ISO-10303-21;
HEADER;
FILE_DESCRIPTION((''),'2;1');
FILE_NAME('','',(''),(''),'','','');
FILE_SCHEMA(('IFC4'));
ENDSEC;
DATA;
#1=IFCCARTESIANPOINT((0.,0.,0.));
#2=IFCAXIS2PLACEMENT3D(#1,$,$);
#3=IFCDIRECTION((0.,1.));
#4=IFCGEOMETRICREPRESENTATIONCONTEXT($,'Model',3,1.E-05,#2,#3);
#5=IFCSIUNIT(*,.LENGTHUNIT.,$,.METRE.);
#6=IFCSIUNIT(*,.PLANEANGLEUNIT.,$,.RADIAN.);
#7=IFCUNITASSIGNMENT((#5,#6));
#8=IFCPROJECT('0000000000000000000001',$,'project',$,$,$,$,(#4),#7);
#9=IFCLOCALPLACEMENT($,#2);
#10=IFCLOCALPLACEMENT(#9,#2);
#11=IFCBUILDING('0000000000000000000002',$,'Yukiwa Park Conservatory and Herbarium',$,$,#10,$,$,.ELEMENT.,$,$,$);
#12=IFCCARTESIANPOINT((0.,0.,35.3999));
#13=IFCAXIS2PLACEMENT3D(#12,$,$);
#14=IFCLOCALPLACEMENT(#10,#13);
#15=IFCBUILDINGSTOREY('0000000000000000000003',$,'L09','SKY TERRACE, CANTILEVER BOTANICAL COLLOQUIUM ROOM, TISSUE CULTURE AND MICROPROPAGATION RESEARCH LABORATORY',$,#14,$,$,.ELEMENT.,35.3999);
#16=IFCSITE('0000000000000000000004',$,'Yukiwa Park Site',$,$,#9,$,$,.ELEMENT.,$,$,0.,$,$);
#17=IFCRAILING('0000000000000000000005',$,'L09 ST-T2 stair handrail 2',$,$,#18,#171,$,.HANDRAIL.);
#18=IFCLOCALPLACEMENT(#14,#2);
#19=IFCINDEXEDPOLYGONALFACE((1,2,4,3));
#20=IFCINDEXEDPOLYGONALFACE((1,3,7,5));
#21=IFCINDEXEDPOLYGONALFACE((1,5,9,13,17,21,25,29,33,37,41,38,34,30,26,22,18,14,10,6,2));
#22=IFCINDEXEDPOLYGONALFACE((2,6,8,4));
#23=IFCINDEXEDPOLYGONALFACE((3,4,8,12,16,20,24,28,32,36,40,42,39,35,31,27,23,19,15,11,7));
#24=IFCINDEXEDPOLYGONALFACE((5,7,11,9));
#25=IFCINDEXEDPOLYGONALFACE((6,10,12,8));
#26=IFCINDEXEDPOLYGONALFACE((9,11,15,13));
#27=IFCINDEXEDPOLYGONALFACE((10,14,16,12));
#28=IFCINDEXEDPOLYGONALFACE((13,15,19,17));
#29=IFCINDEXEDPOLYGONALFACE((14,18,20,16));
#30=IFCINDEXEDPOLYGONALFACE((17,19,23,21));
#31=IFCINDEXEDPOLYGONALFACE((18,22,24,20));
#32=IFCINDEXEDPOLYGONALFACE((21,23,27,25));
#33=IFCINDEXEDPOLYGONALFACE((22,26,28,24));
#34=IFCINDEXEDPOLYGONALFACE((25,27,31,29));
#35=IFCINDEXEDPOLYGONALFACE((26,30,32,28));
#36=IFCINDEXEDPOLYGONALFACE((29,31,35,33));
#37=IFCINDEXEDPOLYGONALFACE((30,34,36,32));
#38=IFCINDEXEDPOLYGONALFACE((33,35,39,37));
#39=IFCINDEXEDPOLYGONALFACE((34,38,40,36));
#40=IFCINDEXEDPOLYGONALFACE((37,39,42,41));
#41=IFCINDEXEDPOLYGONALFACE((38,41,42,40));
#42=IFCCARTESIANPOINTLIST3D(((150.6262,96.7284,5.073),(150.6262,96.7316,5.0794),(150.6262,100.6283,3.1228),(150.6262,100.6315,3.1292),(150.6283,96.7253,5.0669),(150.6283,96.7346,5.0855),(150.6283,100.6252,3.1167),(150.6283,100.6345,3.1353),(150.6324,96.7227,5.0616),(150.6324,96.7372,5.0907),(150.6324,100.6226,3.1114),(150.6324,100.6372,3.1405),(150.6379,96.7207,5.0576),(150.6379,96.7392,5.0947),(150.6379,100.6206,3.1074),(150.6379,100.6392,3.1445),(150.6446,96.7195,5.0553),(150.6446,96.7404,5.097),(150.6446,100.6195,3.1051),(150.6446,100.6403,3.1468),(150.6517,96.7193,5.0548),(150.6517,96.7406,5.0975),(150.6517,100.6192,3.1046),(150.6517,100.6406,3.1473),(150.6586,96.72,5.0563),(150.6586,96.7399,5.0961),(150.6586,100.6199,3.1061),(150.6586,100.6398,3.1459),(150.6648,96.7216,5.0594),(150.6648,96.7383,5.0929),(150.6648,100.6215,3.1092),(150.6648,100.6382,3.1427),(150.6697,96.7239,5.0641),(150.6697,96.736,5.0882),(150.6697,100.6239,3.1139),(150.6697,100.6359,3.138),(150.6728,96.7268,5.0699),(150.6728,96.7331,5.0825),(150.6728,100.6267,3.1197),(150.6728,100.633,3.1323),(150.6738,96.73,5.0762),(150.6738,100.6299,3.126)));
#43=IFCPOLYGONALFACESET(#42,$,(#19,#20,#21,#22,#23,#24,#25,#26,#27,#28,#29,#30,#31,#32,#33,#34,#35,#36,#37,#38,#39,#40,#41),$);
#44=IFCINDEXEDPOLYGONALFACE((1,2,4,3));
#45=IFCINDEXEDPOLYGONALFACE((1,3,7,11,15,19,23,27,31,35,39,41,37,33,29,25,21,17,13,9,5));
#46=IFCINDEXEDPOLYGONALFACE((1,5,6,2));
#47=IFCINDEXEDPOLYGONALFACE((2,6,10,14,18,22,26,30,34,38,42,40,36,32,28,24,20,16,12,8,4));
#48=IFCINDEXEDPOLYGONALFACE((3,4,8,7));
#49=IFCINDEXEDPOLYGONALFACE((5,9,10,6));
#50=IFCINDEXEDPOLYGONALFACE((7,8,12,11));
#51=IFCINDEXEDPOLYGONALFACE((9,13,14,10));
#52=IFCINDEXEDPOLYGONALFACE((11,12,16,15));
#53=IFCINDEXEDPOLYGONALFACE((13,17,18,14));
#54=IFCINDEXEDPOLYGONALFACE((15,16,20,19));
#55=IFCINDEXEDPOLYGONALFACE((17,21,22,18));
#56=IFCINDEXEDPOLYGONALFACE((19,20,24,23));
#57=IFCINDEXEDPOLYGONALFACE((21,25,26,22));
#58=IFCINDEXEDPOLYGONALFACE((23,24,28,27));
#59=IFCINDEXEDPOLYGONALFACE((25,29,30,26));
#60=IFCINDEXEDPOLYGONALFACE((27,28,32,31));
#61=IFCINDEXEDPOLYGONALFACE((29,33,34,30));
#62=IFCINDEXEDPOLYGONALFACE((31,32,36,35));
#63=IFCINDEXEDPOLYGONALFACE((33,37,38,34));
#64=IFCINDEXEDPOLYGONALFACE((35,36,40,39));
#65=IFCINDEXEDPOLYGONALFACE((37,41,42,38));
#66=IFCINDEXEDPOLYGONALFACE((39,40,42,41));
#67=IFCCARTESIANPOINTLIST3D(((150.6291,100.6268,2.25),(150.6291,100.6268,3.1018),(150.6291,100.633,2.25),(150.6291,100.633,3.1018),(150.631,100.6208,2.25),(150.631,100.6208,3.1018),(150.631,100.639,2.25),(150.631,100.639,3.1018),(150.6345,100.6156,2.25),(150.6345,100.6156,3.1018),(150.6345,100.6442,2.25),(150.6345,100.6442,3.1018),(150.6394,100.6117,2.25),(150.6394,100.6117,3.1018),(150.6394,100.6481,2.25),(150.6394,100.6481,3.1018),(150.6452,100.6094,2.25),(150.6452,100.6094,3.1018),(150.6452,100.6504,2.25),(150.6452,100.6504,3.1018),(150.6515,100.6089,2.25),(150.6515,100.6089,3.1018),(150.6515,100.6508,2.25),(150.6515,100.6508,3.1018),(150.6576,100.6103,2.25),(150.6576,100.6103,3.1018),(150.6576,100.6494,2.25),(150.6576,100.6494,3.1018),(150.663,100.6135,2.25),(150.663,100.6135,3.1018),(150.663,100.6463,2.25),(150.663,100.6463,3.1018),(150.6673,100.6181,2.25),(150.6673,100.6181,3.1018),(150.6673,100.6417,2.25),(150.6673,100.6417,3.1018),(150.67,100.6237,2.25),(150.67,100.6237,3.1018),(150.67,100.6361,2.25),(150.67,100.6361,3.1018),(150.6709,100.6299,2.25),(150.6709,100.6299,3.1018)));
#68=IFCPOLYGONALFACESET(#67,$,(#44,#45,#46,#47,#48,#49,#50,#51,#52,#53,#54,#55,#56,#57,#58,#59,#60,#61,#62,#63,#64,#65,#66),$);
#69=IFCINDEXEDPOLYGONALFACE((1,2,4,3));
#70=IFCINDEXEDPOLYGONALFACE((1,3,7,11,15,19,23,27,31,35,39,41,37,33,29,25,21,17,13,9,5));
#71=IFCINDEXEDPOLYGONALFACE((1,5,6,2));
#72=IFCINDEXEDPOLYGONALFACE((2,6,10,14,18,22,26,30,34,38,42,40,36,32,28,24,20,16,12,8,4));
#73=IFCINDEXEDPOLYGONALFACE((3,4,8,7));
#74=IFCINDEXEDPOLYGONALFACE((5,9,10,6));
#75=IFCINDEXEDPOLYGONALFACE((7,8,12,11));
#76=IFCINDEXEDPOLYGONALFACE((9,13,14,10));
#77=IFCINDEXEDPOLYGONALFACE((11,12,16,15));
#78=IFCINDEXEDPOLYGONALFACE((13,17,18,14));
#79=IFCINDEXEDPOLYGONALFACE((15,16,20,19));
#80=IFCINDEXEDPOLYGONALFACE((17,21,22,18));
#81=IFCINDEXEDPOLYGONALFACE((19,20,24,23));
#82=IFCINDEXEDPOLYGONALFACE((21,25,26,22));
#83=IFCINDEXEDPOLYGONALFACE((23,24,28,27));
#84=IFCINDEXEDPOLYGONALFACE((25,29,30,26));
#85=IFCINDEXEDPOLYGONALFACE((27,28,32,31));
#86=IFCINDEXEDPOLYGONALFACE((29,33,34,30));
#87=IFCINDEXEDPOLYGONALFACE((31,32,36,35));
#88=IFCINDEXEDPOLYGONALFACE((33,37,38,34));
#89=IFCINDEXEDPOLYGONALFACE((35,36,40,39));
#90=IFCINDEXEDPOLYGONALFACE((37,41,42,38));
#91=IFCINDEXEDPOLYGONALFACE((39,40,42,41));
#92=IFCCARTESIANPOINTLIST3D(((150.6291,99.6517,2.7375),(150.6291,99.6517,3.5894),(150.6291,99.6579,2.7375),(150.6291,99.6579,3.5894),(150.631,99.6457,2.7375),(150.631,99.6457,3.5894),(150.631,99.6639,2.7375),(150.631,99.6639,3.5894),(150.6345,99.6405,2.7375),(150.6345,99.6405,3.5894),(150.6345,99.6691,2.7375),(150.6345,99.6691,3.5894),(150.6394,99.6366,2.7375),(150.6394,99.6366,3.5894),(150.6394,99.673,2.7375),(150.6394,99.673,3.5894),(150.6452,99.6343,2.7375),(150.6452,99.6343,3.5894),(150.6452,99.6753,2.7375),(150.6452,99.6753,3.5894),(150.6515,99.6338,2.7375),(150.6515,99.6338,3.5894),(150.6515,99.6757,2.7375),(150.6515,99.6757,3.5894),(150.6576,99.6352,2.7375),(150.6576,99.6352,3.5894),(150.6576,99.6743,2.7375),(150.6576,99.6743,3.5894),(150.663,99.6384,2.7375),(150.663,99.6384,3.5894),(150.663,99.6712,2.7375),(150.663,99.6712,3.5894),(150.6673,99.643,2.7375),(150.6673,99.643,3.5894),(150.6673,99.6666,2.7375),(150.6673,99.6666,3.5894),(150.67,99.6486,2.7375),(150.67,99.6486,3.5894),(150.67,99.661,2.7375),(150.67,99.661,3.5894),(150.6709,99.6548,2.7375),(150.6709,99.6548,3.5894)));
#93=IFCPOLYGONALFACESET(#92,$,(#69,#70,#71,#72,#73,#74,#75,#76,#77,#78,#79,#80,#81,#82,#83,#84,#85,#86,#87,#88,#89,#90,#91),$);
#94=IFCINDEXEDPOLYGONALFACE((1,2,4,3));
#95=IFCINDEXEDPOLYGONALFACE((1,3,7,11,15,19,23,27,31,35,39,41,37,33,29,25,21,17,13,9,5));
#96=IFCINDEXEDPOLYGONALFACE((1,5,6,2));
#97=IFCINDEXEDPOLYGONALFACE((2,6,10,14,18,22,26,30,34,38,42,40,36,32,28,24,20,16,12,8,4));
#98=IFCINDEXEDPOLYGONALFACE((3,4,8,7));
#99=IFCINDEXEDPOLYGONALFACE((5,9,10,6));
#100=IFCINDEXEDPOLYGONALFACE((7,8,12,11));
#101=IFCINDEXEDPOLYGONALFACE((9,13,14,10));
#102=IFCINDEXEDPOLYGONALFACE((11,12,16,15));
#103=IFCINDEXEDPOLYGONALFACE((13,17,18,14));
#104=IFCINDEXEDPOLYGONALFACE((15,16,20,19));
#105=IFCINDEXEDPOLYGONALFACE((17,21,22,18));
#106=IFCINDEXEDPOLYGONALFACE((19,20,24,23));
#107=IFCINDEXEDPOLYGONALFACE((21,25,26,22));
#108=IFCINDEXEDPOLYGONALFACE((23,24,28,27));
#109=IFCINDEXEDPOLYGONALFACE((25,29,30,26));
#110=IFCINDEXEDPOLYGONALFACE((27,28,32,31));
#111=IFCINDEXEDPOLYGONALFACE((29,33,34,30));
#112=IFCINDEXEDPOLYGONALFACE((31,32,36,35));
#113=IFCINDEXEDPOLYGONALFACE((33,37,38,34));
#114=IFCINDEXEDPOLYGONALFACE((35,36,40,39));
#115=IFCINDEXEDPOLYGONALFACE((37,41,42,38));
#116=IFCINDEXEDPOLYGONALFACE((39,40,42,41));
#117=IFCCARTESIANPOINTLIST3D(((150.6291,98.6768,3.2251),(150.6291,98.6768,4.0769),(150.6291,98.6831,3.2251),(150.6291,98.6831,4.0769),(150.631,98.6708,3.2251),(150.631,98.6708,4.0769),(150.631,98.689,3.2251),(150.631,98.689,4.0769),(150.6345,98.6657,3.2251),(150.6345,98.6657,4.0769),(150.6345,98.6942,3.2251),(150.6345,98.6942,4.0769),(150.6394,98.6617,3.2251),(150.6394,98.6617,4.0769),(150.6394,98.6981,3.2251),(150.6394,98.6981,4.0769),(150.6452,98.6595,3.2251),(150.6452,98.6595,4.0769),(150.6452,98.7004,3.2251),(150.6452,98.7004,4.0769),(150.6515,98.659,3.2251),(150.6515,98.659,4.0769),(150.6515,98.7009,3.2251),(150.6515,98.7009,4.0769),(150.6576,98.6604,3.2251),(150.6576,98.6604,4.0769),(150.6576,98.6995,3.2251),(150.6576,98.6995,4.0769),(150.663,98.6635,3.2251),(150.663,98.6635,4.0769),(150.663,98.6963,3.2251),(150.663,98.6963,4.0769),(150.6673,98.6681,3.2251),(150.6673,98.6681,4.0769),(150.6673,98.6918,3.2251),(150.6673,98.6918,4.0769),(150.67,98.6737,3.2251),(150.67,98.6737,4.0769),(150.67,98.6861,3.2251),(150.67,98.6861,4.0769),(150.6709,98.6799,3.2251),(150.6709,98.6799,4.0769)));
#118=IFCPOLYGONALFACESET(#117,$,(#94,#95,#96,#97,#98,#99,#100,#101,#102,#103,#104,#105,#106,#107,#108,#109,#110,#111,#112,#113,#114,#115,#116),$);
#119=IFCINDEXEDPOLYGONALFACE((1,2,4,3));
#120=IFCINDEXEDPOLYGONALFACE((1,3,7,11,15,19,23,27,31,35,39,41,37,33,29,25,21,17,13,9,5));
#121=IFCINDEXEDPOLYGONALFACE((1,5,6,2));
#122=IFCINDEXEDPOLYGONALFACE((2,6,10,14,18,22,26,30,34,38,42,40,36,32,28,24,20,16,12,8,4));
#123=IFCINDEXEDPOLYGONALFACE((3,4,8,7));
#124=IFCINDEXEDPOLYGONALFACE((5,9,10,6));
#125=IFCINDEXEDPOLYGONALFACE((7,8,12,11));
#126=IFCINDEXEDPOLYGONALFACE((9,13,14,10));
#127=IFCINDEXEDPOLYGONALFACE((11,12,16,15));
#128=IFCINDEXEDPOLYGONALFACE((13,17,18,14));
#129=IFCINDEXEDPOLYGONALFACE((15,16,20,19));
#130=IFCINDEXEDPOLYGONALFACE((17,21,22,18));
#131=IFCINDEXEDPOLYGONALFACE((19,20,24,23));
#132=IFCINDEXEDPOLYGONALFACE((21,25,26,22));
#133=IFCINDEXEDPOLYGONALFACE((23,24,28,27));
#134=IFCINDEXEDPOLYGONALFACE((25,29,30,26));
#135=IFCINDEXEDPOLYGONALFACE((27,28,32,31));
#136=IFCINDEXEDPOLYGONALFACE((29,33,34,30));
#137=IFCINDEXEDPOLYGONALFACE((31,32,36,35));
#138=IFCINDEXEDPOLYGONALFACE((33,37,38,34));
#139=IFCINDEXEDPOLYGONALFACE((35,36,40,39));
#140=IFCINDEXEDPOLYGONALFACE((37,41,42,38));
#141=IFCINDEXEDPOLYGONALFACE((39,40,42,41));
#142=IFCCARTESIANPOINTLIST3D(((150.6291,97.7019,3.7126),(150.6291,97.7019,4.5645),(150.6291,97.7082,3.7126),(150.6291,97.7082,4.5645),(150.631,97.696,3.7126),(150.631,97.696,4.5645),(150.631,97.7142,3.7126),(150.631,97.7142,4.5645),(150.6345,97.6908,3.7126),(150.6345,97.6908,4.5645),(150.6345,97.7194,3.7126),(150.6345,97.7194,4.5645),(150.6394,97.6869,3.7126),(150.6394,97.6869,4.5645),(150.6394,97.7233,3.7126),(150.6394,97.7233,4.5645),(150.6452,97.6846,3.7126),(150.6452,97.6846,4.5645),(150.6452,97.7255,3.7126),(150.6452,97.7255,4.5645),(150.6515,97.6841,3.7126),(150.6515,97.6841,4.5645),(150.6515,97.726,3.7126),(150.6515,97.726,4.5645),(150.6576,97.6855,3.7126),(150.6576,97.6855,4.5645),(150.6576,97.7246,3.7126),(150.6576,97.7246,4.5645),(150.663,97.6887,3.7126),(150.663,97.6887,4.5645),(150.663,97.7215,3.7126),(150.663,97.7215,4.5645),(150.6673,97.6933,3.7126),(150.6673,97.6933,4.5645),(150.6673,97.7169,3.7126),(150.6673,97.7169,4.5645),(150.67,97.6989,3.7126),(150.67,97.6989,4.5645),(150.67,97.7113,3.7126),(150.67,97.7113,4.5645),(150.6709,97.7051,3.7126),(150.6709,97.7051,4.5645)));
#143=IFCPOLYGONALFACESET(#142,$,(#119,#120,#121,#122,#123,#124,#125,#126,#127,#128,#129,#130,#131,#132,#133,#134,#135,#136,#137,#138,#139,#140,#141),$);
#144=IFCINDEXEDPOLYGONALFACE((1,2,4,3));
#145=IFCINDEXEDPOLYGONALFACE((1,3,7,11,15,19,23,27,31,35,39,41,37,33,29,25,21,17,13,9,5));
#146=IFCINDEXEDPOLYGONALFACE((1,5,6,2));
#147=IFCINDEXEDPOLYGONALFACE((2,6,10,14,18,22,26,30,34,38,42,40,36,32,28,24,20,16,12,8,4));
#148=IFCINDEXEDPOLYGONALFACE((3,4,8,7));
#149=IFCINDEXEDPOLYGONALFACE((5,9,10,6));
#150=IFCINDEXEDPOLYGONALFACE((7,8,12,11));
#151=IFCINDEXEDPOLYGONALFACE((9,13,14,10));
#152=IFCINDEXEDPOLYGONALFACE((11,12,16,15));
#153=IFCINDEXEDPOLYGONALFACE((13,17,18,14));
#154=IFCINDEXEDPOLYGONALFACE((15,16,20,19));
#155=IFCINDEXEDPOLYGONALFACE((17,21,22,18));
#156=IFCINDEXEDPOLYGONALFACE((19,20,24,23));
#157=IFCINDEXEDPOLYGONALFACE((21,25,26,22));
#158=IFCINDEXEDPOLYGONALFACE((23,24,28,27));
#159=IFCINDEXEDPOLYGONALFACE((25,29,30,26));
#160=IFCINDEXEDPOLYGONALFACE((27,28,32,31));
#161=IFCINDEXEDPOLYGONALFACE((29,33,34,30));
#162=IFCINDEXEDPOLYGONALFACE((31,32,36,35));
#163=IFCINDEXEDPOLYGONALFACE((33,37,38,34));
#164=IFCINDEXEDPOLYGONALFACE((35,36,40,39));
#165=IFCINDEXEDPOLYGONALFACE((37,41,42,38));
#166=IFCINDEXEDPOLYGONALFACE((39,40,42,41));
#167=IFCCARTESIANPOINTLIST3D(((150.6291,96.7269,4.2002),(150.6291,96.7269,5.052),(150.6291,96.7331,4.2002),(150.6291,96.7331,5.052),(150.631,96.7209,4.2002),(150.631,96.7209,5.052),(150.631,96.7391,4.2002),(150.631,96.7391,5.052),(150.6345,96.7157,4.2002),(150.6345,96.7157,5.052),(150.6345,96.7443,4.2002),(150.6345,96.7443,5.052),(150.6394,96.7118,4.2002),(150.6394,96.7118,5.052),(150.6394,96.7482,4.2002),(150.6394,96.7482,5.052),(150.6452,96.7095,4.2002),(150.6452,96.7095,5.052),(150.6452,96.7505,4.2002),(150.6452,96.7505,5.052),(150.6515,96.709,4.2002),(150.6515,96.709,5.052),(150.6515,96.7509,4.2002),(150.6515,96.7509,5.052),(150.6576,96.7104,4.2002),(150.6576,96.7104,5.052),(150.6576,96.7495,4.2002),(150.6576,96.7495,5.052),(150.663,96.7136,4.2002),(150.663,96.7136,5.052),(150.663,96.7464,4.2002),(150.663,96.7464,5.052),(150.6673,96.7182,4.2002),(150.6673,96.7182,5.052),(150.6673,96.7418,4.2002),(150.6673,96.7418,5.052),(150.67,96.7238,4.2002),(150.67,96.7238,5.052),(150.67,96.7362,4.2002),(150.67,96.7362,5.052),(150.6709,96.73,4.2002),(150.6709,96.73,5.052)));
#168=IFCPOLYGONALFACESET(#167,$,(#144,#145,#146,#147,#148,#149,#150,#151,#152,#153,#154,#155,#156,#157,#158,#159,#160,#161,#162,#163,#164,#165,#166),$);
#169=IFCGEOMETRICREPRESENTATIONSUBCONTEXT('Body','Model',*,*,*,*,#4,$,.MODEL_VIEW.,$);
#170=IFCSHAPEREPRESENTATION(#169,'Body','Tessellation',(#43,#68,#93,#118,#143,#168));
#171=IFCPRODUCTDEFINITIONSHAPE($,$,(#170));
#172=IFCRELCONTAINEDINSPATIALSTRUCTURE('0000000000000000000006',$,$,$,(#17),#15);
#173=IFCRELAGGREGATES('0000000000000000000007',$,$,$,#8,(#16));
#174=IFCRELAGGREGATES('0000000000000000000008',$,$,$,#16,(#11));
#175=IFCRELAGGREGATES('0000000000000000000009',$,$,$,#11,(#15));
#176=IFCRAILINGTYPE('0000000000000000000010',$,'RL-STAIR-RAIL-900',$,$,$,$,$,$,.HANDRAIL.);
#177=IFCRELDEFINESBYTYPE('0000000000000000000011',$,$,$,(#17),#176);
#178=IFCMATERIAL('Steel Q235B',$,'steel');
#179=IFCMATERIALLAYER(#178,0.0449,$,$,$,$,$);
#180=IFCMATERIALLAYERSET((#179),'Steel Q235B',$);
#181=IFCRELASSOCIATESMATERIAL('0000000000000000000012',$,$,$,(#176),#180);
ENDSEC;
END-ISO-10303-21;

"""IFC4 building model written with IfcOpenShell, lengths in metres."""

from ifc_helpers import new_model, si_unit, direction, frame, origin, origin_2d, place, context, subcontext, project, spatial, circle, extrude, material, layer, layer_set, type_object, element, save


model = new_model("IFC4")

# Units and contexts
model_context = context("Model", 3, precision=1e-05, world=origin(), true_north=direction((0.0, 1.0)))
body_context = subcontext(model_context, "Body", "Model", "MODEL_VIEW")
ifc_project = project(units=[si_unit("LENGTHUNIT", "METRE"), si_unit("PLANEANGLEUNIT", "RADIAN")], contexts=[model_context])

# Site, building, storey
site_placement = place(None, origin())
site = spatial("IfcSite", under=ifc_project, at=site_placement, Name="Yukiwa Park Site", CompositionType="ELEMENT", RefElevation=0.0)
building_placement = place(site_placement, origin())
building = spatial("IfcBuilding", under=site, at=building_placement, Name="Yukiwa Park Conservatory and Herbarium", CompositionType="ELEMENT")
storey_placement = place(building_placement, frame((0.0, 0.0, 35.3999)))
storey = spatial("IfcBuildingStorey", under=building, at=storey_placement, Name="L09", Description="SKY TERRACE, CANTILEVER BOTANICAL COLLOQUIUM ROOM, TISSUE CULTURE AND MICROPROPAGATION RESEARCH LABORATORY", CompositionType="ELEMENT", Elevation=35.3999)

# Railing
ifc_material_1 = material(Name="Steel Q235B", Category="steel")
ifc_layer_1 = layer(ifc_material_1, 0.0449)
ifc_layer_set_1 = layer_set([ifc_layer_1], Name="Steel Q235B")
railing_type_1 = type_object("IfcRailingType", Name="RL-STAIR-RAIL-900", PredefinedType="HANDRAIL", material=ifc_layer_set_1)
railing_1_placement = place(storey_placement, frame((150.6499, 100.6299, 2.25)))
element("IfcRailing", 1, at=railing_1_placement, inside=storey, type_object=railing_type_1, Name="L09 ST-T2 stair handrail 2", PredefinedType="HANDRAIL", context=body_context, shape_type="SweptSolid", body=[
    extrude(circle(Radius=0.0239, at=origin_2d()), frame((0.0, 0.0, 0.876), z_axis=(0.0, -0.894405, 0.447258), x_axis=(1.0, 0.0, 0.0)), (0.0, 0.0, 1.0), 4.3604),
    extrude(circle(Radius=0.021, at=origin_2d()), origin(), (0.0, 0.0, 1.0), 0.8518),
    extrude(circle(Radius=0.021, at=origin_2d()), frame((0.0, -0.9751, 0.4875)), (0.0, 0.0, 1.0), 0.8518),
    extrude(circle(Radius=0.021, at=origin_2d()), frame((0.0, -1.95, 0.9751)), (0.0, 0.0, 1.0), 0.8518),
    extrude(circle(Radius=0.021, at=origin_2d()), frame((0.0, -2.9248, 1.4626)), (0.0, 0.0, 1.0), 0.8518),
    extrude(circle(Radius=0.021, at=origin_2d()), frame((0.0, -3.8999, 1.9502)), (0.0, 0.0, 1.0), 0.8518),
])

save(model, "model.ifc")
